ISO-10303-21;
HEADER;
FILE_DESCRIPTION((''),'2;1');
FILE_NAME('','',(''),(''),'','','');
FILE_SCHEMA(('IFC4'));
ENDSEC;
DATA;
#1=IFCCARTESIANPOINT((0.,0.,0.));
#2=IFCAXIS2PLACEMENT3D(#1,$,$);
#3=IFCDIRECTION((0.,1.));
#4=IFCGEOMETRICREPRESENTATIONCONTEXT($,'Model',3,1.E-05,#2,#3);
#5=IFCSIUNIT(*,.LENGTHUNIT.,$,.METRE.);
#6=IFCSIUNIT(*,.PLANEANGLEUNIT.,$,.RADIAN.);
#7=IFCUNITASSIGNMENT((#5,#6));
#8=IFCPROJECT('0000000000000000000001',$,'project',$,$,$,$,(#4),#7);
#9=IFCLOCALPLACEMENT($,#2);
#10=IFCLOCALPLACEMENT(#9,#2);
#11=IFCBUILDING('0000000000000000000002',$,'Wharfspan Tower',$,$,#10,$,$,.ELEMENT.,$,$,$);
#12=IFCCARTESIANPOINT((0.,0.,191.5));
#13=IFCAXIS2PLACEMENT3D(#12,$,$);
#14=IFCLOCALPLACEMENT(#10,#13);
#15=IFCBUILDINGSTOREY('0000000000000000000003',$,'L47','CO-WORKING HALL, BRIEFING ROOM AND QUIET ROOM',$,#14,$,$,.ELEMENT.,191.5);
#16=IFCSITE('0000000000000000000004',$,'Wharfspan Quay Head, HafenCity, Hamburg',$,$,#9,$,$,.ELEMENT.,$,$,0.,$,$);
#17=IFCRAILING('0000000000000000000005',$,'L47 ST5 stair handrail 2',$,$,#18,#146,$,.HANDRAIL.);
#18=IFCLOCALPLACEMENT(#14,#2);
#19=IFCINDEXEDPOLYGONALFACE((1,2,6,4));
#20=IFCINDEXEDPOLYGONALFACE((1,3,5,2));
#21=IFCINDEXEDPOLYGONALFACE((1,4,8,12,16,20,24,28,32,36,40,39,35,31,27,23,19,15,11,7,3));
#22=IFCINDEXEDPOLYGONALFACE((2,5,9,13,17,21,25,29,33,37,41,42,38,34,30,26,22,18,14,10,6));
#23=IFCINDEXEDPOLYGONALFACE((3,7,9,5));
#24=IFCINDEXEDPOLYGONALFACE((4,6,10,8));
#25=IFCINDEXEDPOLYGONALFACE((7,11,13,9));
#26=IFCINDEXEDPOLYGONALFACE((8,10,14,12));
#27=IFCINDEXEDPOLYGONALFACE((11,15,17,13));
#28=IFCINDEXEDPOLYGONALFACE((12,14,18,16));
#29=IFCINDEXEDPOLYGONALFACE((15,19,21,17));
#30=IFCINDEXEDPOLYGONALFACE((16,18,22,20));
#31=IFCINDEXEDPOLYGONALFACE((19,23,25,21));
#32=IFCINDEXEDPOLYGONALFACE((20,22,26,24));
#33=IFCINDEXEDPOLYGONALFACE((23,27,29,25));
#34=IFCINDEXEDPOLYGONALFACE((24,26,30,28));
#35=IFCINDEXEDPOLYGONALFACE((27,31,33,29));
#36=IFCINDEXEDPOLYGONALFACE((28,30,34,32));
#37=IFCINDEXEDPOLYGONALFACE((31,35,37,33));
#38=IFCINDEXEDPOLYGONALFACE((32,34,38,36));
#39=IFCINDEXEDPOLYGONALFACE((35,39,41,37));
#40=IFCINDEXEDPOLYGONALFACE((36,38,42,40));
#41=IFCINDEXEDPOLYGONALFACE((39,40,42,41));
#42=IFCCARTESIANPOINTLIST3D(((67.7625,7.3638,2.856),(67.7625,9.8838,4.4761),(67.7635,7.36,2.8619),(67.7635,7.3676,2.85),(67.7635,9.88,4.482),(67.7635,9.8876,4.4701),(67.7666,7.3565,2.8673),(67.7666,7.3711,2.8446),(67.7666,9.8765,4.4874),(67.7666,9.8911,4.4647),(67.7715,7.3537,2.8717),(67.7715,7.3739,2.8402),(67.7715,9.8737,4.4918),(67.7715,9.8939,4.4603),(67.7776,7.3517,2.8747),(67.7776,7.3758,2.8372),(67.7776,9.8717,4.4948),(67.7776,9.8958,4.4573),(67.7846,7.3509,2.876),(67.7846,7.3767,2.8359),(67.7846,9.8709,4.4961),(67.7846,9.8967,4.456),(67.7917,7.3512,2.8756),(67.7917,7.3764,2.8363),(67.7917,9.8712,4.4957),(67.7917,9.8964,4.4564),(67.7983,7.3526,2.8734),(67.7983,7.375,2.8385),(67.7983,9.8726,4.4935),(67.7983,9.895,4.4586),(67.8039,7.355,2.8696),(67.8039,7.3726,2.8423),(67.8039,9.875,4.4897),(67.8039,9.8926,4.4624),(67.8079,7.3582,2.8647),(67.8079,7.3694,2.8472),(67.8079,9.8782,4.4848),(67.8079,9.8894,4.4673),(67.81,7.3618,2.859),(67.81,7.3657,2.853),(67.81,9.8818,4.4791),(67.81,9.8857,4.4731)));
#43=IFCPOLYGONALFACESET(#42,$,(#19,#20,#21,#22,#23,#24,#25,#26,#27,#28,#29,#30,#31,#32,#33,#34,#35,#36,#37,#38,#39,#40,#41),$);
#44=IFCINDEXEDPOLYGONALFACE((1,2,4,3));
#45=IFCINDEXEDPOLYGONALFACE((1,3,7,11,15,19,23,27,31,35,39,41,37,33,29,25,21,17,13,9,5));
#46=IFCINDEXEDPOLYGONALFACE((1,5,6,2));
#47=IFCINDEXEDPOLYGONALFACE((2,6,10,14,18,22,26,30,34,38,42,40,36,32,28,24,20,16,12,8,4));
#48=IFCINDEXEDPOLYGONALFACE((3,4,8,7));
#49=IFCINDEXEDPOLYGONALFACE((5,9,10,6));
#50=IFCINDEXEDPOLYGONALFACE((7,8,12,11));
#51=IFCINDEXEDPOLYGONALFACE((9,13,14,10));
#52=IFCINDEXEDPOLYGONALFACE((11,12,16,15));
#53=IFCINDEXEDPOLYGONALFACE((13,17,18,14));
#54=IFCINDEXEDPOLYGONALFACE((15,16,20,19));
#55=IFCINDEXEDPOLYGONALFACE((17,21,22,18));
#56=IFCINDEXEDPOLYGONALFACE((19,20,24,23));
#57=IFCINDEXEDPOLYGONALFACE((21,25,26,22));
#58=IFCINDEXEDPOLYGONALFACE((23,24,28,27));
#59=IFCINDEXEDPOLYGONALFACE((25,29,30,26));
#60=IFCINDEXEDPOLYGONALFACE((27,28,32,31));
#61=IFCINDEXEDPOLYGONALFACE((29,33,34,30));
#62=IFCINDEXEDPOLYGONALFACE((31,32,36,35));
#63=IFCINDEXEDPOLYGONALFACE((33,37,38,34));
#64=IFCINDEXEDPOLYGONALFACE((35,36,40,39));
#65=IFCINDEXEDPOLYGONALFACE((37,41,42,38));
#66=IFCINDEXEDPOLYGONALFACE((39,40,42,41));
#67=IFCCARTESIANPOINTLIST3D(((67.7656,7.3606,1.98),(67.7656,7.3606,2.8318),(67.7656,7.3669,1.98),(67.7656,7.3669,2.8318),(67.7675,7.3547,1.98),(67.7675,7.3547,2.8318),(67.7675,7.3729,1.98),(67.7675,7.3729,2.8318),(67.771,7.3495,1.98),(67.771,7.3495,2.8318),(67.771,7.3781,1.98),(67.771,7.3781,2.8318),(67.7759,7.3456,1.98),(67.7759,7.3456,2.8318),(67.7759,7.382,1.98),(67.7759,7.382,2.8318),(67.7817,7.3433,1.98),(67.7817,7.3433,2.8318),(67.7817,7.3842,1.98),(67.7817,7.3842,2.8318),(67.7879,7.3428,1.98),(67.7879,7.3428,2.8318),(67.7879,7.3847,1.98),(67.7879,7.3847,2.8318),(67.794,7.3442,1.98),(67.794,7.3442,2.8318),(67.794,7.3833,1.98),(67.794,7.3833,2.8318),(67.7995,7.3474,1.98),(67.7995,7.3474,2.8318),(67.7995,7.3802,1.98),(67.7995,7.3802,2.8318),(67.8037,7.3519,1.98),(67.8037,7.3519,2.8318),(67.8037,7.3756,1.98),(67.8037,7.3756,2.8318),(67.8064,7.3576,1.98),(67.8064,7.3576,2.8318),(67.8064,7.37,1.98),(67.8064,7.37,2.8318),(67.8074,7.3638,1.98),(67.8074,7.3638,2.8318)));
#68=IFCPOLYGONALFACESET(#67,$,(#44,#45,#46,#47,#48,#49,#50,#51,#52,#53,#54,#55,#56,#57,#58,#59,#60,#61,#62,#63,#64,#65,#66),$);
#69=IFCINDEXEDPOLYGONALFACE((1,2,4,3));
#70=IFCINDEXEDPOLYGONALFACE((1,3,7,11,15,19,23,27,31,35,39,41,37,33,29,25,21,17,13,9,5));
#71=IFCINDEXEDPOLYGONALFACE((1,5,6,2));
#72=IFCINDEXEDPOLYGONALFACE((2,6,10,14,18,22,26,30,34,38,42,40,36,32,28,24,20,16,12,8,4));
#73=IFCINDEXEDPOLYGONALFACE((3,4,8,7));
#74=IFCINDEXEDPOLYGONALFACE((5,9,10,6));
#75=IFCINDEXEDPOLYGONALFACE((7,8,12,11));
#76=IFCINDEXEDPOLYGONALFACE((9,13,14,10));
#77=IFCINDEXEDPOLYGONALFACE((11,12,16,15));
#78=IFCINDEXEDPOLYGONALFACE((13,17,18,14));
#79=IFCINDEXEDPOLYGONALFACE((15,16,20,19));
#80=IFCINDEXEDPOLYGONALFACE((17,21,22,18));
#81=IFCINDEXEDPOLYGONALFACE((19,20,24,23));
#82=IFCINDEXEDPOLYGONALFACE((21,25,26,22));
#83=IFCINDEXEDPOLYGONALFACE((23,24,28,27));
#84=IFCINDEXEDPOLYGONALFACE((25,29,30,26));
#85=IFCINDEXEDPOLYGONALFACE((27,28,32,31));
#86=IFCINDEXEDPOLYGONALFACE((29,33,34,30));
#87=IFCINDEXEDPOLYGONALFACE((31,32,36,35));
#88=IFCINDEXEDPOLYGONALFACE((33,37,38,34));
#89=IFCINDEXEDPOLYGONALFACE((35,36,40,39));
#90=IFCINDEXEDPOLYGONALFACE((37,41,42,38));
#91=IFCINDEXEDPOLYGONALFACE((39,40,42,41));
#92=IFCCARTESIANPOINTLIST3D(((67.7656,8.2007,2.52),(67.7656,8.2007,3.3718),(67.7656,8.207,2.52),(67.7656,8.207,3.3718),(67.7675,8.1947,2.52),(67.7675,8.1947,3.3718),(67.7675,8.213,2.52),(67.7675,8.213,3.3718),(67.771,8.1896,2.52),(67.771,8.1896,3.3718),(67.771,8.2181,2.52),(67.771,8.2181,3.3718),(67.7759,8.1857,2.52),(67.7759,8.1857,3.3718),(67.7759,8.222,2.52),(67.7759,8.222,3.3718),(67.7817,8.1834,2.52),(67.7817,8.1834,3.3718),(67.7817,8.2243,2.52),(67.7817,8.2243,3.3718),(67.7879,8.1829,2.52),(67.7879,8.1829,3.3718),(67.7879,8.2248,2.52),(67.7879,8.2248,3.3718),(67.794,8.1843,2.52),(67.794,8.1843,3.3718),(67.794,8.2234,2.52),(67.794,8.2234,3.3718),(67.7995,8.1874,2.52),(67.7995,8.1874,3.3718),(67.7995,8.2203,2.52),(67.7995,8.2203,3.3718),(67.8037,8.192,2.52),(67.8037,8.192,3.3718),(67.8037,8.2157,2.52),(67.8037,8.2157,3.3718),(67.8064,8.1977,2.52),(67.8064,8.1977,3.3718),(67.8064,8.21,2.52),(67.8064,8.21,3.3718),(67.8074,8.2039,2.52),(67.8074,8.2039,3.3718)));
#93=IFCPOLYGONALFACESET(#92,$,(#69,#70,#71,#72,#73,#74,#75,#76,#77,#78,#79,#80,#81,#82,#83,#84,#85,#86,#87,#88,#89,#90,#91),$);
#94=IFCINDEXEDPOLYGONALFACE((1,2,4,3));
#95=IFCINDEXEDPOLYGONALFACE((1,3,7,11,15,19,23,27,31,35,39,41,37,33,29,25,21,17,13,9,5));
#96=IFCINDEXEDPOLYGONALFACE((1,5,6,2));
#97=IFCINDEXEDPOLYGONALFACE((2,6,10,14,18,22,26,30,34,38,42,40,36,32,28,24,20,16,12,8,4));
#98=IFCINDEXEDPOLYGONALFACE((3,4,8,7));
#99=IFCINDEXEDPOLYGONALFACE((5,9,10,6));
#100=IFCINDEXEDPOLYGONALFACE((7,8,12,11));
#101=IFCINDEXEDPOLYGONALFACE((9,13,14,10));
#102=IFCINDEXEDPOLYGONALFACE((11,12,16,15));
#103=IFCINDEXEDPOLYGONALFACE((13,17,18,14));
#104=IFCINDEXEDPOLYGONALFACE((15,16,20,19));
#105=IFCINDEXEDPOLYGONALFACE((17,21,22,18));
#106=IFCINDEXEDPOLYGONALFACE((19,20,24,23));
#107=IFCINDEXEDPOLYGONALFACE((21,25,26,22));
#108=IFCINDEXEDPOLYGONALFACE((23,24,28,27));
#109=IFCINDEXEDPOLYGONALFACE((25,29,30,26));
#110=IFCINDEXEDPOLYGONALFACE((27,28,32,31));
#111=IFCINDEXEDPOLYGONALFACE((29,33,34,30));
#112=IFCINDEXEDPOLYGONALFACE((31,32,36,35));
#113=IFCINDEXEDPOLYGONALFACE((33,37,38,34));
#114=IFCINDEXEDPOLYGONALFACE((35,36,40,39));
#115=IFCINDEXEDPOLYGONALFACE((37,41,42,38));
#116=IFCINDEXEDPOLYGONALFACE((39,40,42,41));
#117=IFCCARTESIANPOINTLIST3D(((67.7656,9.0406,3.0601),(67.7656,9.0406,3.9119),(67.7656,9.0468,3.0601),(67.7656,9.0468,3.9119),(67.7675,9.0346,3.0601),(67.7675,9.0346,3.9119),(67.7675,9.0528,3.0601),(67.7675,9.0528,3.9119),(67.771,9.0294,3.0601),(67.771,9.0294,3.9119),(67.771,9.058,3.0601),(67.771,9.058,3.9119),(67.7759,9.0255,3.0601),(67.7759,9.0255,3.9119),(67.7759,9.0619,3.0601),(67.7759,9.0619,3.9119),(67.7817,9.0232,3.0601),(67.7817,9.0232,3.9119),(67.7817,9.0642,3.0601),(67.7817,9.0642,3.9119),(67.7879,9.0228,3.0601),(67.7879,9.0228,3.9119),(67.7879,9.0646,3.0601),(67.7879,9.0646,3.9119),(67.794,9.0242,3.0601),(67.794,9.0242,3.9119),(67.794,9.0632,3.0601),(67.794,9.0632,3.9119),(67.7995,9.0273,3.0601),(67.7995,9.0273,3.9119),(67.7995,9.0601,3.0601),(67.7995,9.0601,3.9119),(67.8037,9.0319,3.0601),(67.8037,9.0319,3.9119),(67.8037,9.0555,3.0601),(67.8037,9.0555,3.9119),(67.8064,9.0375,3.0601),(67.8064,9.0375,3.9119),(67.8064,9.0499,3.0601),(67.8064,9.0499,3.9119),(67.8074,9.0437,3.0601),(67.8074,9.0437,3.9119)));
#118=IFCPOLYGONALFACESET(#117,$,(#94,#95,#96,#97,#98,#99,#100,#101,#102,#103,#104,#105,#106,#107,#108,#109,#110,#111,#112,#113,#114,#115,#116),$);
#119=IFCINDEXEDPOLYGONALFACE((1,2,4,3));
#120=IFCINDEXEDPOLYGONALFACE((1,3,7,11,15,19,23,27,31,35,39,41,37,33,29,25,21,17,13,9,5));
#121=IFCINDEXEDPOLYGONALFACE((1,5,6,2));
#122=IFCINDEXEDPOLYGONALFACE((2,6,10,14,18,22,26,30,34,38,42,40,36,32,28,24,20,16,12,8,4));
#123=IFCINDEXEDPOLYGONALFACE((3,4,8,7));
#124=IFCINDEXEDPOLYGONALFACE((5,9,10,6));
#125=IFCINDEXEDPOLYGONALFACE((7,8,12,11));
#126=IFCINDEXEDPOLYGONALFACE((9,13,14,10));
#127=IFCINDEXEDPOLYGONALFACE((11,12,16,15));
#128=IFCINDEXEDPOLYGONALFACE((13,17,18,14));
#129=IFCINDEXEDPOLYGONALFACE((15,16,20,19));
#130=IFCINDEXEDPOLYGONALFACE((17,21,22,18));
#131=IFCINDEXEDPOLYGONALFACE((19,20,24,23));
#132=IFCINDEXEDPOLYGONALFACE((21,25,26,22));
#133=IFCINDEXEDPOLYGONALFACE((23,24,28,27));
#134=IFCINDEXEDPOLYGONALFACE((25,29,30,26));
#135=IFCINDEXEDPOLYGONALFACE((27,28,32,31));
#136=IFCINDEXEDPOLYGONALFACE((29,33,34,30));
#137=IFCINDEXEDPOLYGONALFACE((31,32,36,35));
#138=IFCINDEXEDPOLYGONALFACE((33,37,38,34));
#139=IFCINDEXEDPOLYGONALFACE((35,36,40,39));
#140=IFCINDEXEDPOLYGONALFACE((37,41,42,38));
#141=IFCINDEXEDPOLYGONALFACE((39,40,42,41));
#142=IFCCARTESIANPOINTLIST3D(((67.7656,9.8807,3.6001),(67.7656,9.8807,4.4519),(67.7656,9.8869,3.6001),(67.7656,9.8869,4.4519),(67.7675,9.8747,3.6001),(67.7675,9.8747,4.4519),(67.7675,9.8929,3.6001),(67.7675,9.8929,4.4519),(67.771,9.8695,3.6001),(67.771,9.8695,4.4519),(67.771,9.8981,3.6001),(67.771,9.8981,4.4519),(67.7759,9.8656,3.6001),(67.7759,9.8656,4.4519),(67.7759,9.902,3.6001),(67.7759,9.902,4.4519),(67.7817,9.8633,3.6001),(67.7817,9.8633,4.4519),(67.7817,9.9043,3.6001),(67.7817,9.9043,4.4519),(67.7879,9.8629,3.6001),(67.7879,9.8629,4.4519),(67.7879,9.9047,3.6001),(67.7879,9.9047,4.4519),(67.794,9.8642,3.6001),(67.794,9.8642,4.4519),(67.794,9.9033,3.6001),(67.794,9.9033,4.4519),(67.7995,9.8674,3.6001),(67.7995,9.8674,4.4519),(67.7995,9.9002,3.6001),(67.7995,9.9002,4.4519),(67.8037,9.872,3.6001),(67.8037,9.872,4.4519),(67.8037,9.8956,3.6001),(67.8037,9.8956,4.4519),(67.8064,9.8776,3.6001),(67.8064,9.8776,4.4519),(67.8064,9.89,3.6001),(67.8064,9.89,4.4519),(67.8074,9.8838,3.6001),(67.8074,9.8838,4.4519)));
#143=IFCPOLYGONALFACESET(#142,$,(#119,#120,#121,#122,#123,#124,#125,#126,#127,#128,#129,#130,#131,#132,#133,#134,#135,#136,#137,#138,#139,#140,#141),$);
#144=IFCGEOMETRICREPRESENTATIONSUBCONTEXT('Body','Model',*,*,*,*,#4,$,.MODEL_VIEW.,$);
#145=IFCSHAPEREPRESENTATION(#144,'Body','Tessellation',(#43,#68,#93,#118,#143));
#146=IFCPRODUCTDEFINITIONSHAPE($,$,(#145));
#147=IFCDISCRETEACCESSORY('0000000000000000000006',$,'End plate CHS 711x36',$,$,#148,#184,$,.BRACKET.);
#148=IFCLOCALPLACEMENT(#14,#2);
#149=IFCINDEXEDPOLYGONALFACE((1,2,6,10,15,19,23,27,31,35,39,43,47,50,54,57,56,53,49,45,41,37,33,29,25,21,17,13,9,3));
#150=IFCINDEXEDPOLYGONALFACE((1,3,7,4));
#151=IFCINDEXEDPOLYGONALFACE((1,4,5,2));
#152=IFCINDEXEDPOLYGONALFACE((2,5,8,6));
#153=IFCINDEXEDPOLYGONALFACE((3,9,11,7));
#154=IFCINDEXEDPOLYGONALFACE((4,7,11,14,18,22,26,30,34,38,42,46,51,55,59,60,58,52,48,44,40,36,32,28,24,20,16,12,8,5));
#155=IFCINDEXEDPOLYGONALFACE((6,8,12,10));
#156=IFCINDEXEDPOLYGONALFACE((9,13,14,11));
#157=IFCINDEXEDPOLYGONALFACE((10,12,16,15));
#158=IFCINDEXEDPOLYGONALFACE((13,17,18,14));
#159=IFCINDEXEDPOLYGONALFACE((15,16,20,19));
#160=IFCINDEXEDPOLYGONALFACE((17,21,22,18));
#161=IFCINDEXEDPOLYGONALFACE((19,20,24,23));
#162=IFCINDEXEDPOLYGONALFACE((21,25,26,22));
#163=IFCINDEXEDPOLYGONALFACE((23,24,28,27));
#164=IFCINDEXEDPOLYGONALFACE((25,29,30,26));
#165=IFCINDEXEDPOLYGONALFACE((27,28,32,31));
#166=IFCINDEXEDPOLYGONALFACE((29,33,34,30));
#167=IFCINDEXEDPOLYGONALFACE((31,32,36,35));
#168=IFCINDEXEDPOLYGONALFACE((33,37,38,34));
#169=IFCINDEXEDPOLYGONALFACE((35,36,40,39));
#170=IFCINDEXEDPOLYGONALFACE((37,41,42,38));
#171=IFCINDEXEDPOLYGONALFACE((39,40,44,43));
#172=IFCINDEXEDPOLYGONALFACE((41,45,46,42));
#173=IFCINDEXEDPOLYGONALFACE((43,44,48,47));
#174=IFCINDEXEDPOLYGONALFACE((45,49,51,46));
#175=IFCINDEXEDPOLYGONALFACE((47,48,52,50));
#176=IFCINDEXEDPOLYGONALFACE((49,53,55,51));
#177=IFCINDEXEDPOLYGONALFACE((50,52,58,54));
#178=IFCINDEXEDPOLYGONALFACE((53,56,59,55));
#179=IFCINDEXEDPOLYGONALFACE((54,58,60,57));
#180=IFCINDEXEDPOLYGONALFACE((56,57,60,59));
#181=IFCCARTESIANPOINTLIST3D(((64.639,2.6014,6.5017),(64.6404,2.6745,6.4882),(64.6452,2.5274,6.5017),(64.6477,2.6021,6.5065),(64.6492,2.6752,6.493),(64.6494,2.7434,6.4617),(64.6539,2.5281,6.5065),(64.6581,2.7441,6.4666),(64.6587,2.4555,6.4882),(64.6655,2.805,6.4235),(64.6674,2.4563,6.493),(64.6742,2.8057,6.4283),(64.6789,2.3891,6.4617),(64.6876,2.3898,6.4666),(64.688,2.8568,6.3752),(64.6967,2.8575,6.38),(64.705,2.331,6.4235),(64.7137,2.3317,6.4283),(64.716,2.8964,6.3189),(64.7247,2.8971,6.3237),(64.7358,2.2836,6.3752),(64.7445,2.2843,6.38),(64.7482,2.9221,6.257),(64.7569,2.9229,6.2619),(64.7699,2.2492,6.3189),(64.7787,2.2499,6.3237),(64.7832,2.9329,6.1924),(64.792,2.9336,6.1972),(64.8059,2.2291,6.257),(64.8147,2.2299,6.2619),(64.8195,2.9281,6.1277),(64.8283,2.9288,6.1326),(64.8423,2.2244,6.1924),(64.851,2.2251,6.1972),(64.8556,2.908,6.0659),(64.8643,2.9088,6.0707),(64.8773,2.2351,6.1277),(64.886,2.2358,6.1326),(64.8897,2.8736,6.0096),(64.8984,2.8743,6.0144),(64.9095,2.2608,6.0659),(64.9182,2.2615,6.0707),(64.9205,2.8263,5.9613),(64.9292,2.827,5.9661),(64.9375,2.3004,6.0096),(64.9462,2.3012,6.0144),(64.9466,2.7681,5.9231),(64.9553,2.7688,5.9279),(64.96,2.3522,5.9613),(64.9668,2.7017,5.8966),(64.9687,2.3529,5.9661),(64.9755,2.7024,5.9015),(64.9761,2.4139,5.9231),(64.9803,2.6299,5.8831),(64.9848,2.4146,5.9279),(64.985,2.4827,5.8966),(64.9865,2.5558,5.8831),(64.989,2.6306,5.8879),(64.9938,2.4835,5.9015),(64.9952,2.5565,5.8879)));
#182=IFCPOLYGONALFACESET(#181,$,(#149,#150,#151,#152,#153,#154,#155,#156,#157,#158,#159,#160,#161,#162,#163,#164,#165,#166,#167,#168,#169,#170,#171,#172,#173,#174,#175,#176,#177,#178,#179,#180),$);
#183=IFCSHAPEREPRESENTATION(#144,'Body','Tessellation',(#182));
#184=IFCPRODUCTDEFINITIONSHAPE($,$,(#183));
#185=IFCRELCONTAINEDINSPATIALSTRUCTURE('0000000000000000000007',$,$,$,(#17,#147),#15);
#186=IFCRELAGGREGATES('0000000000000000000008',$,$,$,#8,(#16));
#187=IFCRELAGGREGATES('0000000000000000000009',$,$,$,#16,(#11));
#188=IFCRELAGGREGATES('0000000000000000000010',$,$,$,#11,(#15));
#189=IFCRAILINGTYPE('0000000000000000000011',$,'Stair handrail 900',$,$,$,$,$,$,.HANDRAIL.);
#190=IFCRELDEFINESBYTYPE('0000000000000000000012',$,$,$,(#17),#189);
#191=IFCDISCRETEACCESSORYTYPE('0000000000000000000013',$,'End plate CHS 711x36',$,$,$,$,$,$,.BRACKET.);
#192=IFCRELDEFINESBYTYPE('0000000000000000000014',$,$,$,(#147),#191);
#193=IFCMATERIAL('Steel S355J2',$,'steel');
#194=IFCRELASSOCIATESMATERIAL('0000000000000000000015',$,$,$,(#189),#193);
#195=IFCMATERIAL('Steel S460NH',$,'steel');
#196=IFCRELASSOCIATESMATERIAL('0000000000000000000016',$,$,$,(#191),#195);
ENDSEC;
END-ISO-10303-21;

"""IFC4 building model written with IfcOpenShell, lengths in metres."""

from ifc_helpers import new_model, si_unit, direction, frame, origin, origin_2d, place, context, subcontext, project, spatial, circle, extrude, material, material_profile, profile_set, type_object, element, save


model = new_model("IFC4")

# Units and contexts
model_context = context("Model", 3, precision=1e-05, world=origin(), true_north=direction((0.0, 1.0)))
body_context = subcontext(model_context, "Body", "Model", "MODEL_VIEW")
ifc_project = project(units=[si_unit("LENGTHUNIT", "METRE"), si_unit("PLANEANGLEUNIT", "RADIAN")], contexts=[model_context])

# Site, building, storey
site_placement = place(None, origin())
site = spatial("IfcSite", under=ifc_project, at=site_placement, Name="Wharfspan Quay Head, HafenCity, Hamburg", CompositionType="ELEMENT", RefElevation=0.0)
building_placement = place(site_placement, origin())
building = spatial("IfcBuilding", under=site, at=building_placement, Name="Wharfspan Tower", CompositionType="ELEMENT")
storey_placement = place(building_placement, frame((0.0, 0.0, 191.5)))
storey = spatial("IfcBuildingStorey", under=building, at=storey_placement, Name="L47", Description="CO-WORKING HALL, BRIEFING ROOM AND QUIET ROOM", CompositionType="ELEMENT", Elevation=191.5)

# Shared definitions
ifc_material_1 = material(Name="Steel S355J2", Category="steel")

# Shared definitions
ifc_material_2 = material(Name="Steel S460NH", Category="steel")

# Railing
railing_type_1 = type_object("IfcRailingType", Name="Stair handrail 900", PredefinedType="HANDRAIL", material=ifc_material_1)
railing_1_placement = place(storey_placement, frame((67.7864, 7.3638, 1.98)))
element("IfcRailing", 1, at=railing_1_placement, inside=storey, type_object=railing_type_1, Name="L47 ST5 stair handrail 2", PredefinedType="HANDRAIL", context=body_context, shape_type="SweptSolid", body=[
    extrude(circle(Radius=0.0239, at=origin_2d()), frame((0.0, 0.0, 0.876), z_axis=(0.0, 0.841163, 0.540782), x_axis=(-1.0, 0.0, 0.0)), (0.0, 0.0, 1.0), 2.9958),
    extrude(circle(Radius=0.021, at=origin_2d()), origin(), (0.0, 0.0, 1.0), 0.8518),
    extrude(circle(Radius=0.021, at=origin_2d()), frame((0.0, 0.8401, 0.54)), (0.0, 0.0, 1.0), 0.8518),
    extrude(circle(Radius=0.021, at=origin_2d()), frame((0.0, 1.6799, 1.0801)), (0.0, 0.0, 1.0), 0.8518),
    extrude(circle(Radius=0.021, at=origin_2d()), frame((0.0, 2.52, 1.6201)), (0.0, 0.0, 1.0), 0.8518),
])

# Discrete accessory
ifc_material_profile_1 = material_profile(ifc_material_2, circle(Radius=0.3555, at=origin_2d()))
ifc_profile_set_1 = profile_set([ifc_material_profile_1], Name="Steel S460NH")
discrete_accessory_type = type_object("IfcDiscreteAccessoryType", Name="End plate CHS 711x36", PredefinedType="BRACKET", material=ifc_profile_set_1)
for number, where, z_axis, x_axis, name in (
    (2, (64.8127, 2.5786, 6.1924), (0.871847, 0.072654, 0.484359), (-0.083044, 0.996547, -0.000003), "End plate CHS 711x36"),
):
    element("IfcDiscreteAccessory", number, at=place(storey_placement, frame(where, z_axis=z_axis, x_axis=x_axis)), inside=storey, type_object=discrete_accessory_type, Name=name, PredefinedType="BRACKET", context=body_context, shape_type="SweptSolid", body=[
        extrude(circle(Radius=0.3555, at=origin_2d()), origin(), (0.0, 0.0, 1.0), 0.01),
    ])

save(model, "model.ifc")
